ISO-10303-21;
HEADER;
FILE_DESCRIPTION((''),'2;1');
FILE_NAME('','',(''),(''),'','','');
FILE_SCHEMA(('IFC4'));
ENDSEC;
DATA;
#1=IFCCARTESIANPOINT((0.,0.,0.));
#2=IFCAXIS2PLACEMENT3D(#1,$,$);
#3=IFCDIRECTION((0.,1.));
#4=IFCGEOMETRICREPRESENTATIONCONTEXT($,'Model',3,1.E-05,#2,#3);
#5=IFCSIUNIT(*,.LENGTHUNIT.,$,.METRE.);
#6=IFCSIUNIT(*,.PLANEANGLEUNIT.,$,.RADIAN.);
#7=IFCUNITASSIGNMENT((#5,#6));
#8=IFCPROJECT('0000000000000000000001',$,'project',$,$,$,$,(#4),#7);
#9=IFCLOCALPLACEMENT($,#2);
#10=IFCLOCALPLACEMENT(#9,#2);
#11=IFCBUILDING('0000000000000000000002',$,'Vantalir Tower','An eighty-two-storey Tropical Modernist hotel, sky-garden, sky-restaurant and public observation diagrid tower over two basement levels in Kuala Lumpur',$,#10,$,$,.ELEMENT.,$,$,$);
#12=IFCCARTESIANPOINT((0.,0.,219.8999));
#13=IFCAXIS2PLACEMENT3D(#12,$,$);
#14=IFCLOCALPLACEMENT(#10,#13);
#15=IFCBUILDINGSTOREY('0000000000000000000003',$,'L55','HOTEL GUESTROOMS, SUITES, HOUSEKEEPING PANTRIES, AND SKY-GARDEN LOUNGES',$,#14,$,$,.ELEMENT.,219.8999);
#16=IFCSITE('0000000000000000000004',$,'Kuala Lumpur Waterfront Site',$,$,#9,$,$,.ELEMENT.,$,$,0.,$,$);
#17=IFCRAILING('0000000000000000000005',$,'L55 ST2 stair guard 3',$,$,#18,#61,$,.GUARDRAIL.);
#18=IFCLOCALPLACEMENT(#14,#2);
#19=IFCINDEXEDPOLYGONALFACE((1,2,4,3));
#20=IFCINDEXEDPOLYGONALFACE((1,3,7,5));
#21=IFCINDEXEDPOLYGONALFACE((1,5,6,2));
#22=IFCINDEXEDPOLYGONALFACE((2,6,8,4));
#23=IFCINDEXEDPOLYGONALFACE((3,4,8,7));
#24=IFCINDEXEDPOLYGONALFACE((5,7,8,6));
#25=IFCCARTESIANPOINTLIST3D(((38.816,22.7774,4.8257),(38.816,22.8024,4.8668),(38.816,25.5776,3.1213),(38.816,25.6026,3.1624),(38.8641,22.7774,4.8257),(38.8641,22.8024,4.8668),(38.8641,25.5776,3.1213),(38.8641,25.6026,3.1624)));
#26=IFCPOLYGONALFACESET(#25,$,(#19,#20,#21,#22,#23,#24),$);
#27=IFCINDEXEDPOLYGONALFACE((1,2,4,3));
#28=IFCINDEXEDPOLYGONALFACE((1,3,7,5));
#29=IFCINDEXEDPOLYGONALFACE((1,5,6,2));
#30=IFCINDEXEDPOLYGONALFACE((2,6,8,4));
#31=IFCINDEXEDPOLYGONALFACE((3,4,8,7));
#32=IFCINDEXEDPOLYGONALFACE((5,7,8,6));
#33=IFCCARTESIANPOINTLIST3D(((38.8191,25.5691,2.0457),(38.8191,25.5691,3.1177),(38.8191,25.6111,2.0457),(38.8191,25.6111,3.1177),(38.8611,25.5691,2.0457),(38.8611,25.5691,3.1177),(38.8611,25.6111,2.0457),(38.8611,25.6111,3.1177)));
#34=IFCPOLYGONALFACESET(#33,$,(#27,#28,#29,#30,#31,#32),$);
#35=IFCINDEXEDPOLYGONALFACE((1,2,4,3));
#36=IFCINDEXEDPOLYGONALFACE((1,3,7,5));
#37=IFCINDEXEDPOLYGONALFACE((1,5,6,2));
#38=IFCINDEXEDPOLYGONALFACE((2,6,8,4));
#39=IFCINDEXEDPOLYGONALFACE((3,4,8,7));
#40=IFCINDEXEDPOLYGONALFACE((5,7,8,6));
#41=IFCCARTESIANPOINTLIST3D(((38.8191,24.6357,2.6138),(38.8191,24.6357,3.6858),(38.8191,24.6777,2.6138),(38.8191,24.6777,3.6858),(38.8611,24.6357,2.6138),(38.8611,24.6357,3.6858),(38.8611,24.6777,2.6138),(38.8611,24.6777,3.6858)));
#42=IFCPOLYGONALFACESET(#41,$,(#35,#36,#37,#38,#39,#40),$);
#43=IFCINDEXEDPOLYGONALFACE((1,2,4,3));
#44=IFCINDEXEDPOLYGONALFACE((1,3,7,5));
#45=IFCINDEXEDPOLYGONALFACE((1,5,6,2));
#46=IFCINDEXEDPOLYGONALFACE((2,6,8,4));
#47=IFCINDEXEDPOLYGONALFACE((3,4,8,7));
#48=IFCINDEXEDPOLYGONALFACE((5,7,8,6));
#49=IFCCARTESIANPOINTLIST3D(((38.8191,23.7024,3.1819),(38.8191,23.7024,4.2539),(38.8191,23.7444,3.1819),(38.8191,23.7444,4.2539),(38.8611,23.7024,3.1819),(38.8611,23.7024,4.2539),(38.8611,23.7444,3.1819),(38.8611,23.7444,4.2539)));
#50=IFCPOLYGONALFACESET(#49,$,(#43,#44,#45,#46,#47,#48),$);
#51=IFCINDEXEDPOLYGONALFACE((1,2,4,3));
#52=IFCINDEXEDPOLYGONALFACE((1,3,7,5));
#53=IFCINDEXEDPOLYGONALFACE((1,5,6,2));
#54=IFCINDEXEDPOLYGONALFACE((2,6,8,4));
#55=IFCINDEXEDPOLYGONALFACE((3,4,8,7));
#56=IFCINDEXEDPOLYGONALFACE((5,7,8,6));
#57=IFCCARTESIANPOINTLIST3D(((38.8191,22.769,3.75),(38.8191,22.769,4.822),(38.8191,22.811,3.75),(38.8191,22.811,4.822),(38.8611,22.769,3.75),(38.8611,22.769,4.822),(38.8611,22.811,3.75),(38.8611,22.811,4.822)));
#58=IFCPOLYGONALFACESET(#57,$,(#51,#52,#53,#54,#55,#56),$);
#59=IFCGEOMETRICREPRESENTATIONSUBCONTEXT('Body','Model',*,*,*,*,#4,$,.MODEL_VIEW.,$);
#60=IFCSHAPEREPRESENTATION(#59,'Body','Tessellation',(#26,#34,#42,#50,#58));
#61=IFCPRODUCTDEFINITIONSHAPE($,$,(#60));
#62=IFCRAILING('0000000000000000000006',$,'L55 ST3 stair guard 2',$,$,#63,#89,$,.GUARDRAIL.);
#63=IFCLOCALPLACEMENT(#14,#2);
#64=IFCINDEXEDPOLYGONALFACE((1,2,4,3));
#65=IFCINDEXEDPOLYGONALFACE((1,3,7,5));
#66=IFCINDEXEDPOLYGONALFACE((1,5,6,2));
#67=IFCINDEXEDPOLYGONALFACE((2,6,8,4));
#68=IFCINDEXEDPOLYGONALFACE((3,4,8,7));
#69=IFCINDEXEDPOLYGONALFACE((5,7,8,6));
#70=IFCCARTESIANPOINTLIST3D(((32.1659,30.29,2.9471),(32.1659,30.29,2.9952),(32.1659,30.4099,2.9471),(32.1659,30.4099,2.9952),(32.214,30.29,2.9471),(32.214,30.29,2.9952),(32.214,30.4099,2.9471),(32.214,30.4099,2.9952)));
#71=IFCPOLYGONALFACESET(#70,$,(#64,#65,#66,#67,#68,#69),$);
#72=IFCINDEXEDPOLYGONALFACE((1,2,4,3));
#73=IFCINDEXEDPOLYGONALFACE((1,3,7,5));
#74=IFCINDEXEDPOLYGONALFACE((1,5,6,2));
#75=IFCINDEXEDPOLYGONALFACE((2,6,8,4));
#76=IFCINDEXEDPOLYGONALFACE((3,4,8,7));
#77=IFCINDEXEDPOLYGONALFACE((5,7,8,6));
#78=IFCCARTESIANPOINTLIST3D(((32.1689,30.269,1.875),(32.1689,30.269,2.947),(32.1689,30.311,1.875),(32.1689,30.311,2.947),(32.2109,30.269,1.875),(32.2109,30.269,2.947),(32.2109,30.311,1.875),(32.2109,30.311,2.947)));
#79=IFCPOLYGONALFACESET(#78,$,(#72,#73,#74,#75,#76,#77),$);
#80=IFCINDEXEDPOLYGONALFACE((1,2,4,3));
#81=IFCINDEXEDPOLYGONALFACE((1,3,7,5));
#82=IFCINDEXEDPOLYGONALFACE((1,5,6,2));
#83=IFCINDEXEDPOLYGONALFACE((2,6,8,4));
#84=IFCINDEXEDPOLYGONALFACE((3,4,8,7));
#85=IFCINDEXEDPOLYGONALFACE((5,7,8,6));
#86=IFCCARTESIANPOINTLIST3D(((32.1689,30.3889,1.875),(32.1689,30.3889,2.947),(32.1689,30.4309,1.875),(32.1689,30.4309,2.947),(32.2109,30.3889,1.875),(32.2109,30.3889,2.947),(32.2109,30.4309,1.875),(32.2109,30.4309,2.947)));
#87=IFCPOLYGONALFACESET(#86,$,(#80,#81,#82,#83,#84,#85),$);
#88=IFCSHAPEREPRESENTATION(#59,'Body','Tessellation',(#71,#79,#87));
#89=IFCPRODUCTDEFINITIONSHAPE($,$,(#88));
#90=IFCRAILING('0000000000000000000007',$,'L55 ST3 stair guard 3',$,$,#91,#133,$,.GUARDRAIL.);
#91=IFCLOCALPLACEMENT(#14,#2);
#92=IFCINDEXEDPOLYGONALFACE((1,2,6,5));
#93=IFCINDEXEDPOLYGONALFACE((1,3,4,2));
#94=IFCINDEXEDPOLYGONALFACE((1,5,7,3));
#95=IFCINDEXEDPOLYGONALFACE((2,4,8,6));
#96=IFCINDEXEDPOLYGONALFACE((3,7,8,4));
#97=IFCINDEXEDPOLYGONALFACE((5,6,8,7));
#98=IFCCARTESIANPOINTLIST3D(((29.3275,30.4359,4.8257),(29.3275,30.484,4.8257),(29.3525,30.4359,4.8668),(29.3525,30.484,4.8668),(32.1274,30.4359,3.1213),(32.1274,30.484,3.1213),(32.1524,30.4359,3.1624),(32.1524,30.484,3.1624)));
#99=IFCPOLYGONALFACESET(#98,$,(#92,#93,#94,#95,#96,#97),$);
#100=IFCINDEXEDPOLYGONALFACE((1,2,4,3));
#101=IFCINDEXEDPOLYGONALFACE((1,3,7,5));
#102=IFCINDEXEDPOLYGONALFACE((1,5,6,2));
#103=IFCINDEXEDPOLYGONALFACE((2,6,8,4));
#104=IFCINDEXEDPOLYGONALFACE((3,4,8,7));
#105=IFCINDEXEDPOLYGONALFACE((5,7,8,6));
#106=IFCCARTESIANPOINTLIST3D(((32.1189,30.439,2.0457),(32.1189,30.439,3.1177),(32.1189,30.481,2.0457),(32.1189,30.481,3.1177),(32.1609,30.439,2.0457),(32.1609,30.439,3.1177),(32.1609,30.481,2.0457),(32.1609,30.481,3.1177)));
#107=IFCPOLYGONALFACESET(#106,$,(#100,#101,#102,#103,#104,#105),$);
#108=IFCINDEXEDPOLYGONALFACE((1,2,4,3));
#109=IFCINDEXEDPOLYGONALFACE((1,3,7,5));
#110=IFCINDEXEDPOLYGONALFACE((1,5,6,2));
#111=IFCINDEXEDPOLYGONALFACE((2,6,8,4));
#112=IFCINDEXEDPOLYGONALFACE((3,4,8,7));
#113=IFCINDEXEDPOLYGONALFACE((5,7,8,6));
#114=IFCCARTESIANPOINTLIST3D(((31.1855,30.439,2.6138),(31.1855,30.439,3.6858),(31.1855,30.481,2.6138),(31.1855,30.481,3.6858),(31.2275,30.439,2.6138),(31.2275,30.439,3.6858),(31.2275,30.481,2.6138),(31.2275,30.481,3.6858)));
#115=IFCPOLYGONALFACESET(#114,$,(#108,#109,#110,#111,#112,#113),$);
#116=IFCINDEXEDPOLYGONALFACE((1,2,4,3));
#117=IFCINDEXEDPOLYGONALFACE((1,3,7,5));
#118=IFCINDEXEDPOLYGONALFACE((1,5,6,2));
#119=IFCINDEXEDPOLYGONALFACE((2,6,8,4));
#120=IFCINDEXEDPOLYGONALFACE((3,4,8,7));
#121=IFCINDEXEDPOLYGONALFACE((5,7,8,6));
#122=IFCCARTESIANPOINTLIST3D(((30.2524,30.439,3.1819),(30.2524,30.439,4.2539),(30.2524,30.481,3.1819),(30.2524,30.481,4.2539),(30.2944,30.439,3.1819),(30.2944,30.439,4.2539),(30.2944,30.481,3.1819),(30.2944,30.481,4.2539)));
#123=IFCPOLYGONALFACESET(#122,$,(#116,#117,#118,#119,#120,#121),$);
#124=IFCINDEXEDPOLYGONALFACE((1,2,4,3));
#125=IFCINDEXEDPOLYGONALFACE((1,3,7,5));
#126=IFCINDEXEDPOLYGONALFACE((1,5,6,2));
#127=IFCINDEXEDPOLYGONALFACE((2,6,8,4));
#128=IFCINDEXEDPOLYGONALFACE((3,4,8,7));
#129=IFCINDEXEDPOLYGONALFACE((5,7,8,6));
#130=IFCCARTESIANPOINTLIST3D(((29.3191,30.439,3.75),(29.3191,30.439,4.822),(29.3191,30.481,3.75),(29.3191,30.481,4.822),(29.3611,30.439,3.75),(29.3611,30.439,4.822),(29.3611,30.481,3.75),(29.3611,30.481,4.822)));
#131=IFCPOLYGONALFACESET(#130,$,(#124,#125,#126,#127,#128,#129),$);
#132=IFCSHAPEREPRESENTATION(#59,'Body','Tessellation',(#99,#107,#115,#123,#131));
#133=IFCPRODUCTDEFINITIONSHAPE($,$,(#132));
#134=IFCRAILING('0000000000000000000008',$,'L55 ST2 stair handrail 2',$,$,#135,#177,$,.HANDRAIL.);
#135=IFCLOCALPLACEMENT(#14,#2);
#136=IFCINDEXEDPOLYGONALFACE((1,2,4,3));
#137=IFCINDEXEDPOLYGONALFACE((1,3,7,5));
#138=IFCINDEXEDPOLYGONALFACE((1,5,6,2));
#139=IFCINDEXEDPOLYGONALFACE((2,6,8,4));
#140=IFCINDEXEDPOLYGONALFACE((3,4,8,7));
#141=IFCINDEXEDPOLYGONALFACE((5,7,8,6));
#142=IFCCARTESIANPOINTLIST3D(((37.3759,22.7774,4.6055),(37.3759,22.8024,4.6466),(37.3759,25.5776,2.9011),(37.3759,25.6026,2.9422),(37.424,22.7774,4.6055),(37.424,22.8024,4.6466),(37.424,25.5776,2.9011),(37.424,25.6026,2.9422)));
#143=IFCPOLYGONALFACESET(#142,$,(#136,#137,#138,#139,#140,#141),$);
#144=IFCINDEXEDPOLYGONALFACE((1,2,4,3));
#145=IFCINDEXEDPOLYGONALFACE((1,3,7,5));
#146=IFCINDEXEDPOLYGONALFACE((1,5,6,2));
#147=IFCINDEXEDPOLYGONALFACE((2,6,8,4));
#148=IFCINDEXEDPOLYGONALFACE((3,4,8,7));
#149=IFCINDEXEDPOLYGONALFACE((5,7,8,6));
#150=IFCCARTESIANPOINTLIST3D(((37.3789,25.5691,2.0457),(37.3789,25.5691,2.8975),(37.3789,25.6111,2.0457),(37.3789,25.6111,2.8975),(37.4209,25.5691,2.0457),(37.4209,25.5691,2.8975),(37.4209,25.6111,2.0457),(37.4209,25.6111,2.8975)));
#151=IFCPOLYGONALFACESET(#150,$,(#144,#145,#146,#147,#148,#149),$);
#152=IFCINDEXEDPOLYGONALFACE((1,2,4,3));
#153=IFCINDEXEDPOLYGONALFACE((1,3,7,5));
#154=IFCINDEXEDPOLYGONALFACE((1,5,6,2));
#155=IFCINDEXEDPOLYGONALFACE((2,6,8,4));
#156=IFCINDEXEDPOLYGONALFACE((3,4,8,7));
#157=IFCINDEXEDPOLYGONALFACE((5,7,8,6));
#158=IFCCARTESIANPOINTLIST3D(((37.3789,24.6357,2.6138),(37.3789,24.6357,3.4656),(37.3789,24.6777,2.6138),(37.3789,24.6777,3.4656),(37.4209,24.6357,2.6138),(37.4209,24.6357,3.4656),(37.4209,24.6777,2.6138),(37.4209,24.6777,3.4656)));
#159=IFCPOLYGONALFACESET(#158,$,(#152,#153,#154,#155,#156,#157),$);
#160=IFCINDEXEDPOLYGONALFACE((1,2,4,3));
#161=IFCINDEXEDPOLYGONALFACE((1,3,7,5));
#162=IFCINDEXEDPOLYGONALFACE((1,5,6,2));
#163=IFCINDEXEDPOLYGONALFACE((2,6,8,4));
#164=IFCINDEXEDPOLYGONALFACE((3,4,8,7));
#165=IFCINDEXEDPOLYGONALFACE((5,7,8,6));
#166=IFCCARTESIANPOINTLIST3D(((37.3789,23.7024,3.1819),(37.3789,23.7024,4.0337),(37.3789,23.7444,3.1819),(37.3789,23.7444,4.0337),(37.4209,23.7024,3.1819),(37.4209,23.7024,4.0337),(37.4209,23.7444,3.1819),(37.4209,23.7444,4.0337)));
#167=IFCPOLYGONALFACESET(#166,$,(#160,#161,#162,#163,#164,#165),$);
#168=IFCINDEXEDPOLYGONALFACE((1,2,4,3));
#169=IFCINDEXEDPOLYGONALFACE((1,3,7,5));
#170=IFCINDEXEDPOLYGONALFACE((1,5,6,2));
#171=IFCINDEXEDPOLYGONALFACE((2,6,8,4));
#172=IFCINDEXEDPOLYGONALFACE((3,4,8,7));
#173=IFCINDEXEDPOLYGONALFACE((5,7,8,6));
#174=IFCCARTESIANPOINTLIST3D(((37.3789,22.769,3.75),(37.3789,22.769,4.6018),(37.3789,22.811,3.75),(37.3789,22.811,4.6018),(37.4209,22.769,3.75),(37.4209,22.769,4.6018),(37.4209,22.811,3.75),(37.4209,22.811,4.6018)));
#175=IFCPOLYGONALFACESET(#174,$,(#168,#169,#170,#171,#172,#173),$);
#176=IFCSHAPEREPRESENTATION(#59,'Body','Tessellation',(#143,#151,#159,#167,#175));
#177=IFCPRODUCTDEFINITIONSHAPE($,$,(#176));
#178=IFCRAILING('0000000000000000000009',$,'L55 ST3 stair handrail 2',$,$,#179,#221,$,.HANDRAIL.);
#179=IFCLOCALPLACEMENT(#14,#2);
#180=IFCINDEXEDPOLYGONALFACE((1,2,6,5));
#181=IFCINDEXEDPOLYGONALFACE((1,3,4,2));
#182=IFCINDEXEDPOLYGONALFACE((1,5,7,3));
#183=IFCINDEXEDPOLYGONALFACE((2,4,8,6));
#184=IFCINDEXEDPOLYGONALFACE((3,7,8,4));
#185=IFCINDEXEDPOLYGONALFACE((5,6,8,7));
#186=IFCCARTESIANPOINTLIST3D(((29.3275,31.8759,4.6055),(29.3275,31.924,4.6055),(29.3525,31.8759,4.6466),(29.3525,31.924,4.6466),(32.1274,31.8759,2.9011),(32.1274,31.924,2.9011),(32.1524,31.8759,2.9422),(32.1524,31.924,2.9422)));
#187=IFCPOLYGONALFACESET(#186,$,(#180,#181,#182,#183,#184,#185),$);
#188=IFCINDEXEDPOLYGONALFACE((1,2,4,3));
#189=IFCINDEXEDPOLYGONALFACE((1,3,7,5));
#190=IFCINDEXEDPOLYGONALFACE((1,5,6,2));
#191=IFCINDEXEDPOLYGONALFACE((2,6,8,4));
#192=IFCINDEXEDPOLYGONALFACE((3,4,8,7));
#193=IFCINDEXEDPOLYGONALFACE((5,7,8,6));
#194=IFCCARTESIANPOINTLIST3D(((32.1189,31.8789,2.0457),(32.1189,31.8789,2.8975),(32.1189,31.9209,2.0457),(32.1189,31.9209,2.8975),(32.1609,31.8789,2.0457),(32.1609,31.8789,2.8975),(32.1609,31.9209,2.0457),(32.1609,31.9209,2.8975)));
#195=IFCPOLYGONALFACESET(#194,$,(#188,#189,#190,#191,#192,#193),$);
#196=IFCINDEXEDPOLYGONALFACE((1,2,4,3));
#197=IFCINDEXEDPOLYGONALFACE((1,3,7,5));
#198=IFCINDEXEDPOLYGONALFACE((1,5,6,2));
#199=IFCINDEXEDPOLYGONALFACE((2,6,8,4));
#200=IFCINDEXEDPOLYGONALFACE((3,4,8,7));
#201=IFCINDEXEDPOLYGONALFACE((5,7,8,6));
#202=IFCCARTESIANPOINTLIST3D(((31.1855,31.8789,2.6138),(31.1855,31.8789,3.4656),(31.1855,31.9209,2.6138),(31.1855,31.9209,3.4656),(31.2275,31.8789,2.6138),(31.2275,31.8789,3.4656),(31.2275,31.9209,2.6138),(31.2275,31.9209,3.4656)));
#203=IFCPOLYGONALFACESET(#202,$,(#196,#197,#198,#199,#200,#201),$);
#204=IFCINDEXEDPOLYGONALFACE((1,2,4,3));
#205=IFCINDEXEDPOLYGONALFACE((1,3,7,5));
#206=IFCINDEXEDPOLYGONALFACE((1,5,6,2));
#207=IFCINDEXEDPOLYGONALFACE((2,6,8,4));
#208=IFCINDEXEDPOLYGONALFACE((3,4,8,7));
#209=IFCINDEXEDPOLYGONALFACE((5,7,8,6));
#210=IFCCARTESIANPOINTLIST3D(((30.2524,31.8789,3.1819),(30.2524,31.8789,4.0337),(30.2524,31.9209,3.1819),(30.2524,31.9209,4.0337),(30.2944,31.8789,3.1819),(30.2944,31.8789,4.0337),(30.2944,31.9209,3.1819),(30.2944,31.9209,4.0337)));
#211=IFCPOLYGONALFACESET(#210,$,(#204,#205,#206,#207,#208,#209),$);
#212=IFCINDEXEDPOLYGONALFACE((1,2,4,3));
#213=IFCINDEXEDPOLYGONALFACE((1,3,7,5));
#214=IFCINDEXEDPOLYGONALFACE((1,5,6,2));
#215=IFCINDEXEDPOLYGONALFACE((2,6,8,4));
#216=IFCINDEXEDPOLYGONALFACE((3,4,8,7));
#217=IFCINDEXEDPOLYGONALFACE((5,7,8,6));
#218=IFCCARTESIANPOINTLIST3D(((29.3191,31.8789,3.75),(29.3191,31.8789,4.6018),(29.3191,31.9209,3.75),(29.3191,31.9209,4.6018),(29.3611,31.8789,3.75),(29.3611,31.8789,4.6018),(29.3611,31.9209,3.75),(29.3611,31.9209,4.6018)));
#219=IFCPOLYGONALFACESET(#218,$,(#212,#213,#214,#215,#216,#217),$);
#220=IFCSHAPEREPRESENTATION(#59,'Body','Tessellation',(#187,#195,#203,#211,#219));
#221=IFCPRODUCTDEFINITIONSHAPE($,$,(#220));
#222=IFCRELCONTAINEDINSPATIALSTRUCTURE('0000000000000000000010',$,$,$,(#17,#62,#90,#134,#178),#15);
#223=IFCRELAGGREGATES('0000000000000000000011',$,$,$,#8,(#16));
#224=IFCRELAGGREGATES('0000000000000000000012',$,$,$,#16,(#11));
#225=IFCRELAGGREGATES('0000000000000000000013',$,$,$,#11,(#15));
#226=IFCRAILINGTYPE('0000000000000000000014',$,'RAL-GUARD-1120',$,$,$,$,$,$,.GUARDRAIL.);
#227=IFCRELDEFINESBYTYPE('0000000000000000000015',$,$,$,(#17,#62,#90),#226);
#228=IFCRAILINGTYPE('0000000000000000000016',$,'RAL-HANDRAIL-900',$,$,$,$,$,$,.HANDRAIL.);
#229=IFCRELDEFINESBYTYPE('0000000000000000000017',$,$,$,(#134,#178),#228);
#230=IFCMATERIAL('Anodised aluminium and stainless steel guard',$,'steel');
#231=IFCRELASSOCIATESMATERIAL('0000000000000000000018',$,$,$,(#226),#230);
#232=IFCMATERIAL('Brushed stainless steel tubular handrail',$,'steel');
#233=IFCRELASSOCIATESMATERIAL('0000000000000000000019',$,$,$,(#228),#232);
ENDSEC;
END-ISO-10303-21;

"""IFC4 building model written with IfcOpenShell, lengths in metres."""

from ifc_helpers import new_model, si_unit, direction, frame, origin, origin_2d, place, context, subcontext, project, spatial, rectangle, extrude, material, type_object, element, save


model = new_model("IFC4")

# Units and contexts
model_context = context("Model", 3, precision=1e-05, world=origin(), true_north=direction((0.0, 1.0)))
body_context = subcontext(model_context, "Body", "Model", "MODEL_VIEW")
ifc_project = project(units=[si_unit("LENGTHUNIT", "METRE"), si_unit("PLANEANGLEUNIT", "RADIAN")], contexts=[model_context])

# Site, building, storey
site_placement = place(None, origin())
site = spatial("IfcSite", under=ifc_project, at=site_placement, Name="Kuala Lumpur Waterfront Site", CompositionType="ELEMENT", RefElevation=0.0)
building_placement = place(site_placement, origin())
building = spatial("IfcBuilding", under=site, at=building_placement, Name="Vantalir Tower", Description="An eighty-two-storey Tropical Modernist hotel, sky-garden, sky-restaurant and public observation diagrid tower over two basement levels in Kuala Lumpur", CompositionType="ELEMENT")
storey_placement = place(building_placement, frame((0.0, 0.0, 219.8999)))
storey = spatial("IfcBuildingStorey", under=building, at=storey_placement, Name="L55", Description="HOTEL GUESTROOMS, SUITES, HOUSEKEEPING PANTRIES, AND SKY-GARDEN LOUNGES", CompositionType="ELEMENT", Elevation=219.8999)

# Railings
ifc_material_1 = material(Name="Anodised aluminium and stainless steel guard", Category="steel")
railing_type_1 = type_object("IfcRailingType", Name="RAL-GUARD-1120", PredefinedType="GUARDRAIL", material=ifc_material_1)
railing_1_placement = place(storey_placement, frame((38.8401, 25.5901, 2.0457)))
element("IfcRailing", 1, at=railing_1_placement, inside=storey, type_object=railing_type_1, Name="L55 ST2 stair guard 3", PredefinedType="GUARDRAIL", context=body_context, shape_type="SweptSolid", body=[
    extrude(rectangle(XDim=0.0481, YDim=0.0481, at=origin_2d()), frame((0.0, 0.0, 1.0962), z_axis=(0.0, -0.854203, 0.51994), x_axis=(1.0, 0.0, 0.0)), (0.0, 0.0, 1.0), 3.2781),
    extrude(rectangle(XDim=0.042, YDim=0.042, at=origin_2d()), origin(), (0.0, 0.0, 1.0), 1.072),
    extrude(rectangle(XDim=0.042, YDim=0.042, at=origin_2d()), frame((0.0, -0.9333, 0.5681)), (0.0, 0.0, 1.0), 1.072),
    extrude(rectangle(XDim=0.042, YDim=0.042, at=origin_2d()), frame((0.0, -1.8667, 1.1362)), (0.0, 0.0, 1.0), 1.072),
    extrude(rectangle(XDim=0.042, YDim=0.042, at=origin_2d()), frame((0.0, -2.8, 1.7043)), (0.0, 0.0, 1.0), 1.072),
])
railing_2_placement = place(storey_placement, frame((32.1899, 30.29, 1.875)))
element("IfcRailing", 2, at=railing_2_placement, inside=storey, type_object=railing_type_1, Name="L55 ST3 stair guard 2", PredefinedType="GUARDRAIL", context=body_context, shape_type="SweptSolid", body=[
    extrude(rectangle(XDim=0.0481, YDim=0.0481, at=origin_2d()), frame((0.0, 0.0, 1.0962), z_axis=(0.0, 1.0, 0.0), x_axis=(-1.0, 0.0, 0.0)), (0.0, 0.0, 1.0), 0.1199),
    extrude(rectangle(XDim=0.042, YDim=0.042, at=origin_2d()), origin(), (0.0, 0.0, 1.0), 1.072),
    extrude(rectangle(XDim=0.042, YDim=0.042, at=origin_2d()), frame((0.0, 0.1199, 0.0)), (0.0, 0.0, 1.0), 1.072),
])
railing_3_placement = place(storey_placement, frame((32.1399, 30.46, 2.0457)))
element("IfcRailing", 3, at=railing_3_placement, inside=storey, type_object=railing_type_1, Name="L55 ST3 stair guard 3", PredefinedType="GUARDRAIL", context=body_context, shape_type="SweptSolid", body=[
    extrude(rectangle(XDim=0.0481, YDim=0.0481, at=origin_2d()), frame((0.0, 0.0, 1.0962), z_axis=(-0.854183, 0.0, 0.519973), x_axis=(0.0, -1.0, 0.0)), (0.0, 0.0, 1.0), 3.2778),
    extrude(rectangle(XDim=0.042, YDim=0.042, at=origin_2d()), origin(), (0.0, 0.0, 1.0), 1.072),
    extrude(rectangle(XDim=0.042, YDim=0.042, at=origin_2d()), frame((-0.9333, 0.0, 0.5681)), (0.0, 0.0, 1.0), 1.072),
    extrude(rectangle(XDim=0.042, YDim=0.042, at=origin_2d()), frame((-1.8665, 0.0, 1.1362)), (0.0, 0.0, 1.0), 1.072),
    extrude(rectangle(XDim=0.042, YDim=0.042, at=origin_2d()), frame((-2.7998, 0.0, 1.7043)), (0.0, 0.0, 1.0), 1.072),
])
ifc_material_2 = material(Name="Brushed stainless steel tubular handrail", Category="steel")
railing_type_2 = type_object("IfcRailingType", Name="RAL-HANDRAIL-900", PredefinedType="HANDRAIL", material=ifc_material_2)
railing_4_placement = place(storey_placement, frame((37.3999, 25.5901, 2.0457)))
element("IfcRailing", 4, at=railing_4_placement, inside=storey, type_object=railing_type_2, Name="L55 ST2 stair handrail 2", PredefinedType="HANDRAIL", context=body_context, shape_type="SweptSolid", body=[
    extrude(rectangle(XDim=0.0481, YDim=0.0481, at=origin_2d()), frame((0.0, 0.0, 0.876), z_axis=(0.0, -0.854203, 0.51994), x_axis=(1.0, 0.0, 0.0)), (0.0, 0.0, 1.0), 3.2781),
    extrude(rectangle(XDim=0.042, YDim=0.042, at=origin_2d()), origin(), (0.0, 0.0, 1.0), 0.8518),
    extrude(rectangle(XDim=0.042, YDim=0.042, at=origin_2d()), frame((0.0, -0.9333, 0.5681)), (0.0, 0.0, 1.0), 0.8518),
    extrude(rectangle(XDim=0.042, YDim=0.042, at=origin_2d()), frame((0.0, -1.8667, 1.1362)), (0.0, 0.0, 1.0), 0.8518),
    extrude(rectangle(XDim=0.042, YDim=0.042, at=origin_2d()), frame((0.0, -2.8, 1.7043)), (0.0, 0.0, 1.0), 0.8518),
])
railing_5_placement = place(storey_placement, frame((32.1399, 31.8999, 2.0457)))
element("IfcRailing", 5, at=railing_5_placement, inside=storey, type_object=railing_type_2, Name="L55 ST3 stair handrail 2", PredefinedType="HANDRAIL", context=body_context, shape_type="SweptSolid", body=[
    extrude(rectangle(XDim=0.0481, YDim=0.0481, at=origin_2d()), frame((0.0, 0.0, 0.876), z_axis=(-0.854183, 0.0, 0.519973), x_axis=(0.0, -1.0, 0.0)), (0.0, 0.0, 1.0), 3.2778),
    extrude(rectangle(XDim=0.042, YDim=0.042, at=origin_2d()), origin(), (0.0, 0.0, 1.0), 0.8518),
    extrude(rectangle(XDim=0.042, YDim=0.042, at=origin_2d()), frame((-0.9333, 0.0, 0.5681)), (0.0, 0.0, 1.0), 0.8518),
    extrude(rectangle(XDim=0.042, YDim=0.042, at=origin_2d()), frame((-1.8665, 0.0, 1.1362)), (0.0, 0.0, 1.0), 0.8518),
    extrude(rectangle(XDim=0.042, YDim=0.042, at=origin_2d()), frame((-2.7998, 0.0, 1.7043)), (0.0, 0.0, 1.0), 0.8518),
])

save(model, "model.ifc")
